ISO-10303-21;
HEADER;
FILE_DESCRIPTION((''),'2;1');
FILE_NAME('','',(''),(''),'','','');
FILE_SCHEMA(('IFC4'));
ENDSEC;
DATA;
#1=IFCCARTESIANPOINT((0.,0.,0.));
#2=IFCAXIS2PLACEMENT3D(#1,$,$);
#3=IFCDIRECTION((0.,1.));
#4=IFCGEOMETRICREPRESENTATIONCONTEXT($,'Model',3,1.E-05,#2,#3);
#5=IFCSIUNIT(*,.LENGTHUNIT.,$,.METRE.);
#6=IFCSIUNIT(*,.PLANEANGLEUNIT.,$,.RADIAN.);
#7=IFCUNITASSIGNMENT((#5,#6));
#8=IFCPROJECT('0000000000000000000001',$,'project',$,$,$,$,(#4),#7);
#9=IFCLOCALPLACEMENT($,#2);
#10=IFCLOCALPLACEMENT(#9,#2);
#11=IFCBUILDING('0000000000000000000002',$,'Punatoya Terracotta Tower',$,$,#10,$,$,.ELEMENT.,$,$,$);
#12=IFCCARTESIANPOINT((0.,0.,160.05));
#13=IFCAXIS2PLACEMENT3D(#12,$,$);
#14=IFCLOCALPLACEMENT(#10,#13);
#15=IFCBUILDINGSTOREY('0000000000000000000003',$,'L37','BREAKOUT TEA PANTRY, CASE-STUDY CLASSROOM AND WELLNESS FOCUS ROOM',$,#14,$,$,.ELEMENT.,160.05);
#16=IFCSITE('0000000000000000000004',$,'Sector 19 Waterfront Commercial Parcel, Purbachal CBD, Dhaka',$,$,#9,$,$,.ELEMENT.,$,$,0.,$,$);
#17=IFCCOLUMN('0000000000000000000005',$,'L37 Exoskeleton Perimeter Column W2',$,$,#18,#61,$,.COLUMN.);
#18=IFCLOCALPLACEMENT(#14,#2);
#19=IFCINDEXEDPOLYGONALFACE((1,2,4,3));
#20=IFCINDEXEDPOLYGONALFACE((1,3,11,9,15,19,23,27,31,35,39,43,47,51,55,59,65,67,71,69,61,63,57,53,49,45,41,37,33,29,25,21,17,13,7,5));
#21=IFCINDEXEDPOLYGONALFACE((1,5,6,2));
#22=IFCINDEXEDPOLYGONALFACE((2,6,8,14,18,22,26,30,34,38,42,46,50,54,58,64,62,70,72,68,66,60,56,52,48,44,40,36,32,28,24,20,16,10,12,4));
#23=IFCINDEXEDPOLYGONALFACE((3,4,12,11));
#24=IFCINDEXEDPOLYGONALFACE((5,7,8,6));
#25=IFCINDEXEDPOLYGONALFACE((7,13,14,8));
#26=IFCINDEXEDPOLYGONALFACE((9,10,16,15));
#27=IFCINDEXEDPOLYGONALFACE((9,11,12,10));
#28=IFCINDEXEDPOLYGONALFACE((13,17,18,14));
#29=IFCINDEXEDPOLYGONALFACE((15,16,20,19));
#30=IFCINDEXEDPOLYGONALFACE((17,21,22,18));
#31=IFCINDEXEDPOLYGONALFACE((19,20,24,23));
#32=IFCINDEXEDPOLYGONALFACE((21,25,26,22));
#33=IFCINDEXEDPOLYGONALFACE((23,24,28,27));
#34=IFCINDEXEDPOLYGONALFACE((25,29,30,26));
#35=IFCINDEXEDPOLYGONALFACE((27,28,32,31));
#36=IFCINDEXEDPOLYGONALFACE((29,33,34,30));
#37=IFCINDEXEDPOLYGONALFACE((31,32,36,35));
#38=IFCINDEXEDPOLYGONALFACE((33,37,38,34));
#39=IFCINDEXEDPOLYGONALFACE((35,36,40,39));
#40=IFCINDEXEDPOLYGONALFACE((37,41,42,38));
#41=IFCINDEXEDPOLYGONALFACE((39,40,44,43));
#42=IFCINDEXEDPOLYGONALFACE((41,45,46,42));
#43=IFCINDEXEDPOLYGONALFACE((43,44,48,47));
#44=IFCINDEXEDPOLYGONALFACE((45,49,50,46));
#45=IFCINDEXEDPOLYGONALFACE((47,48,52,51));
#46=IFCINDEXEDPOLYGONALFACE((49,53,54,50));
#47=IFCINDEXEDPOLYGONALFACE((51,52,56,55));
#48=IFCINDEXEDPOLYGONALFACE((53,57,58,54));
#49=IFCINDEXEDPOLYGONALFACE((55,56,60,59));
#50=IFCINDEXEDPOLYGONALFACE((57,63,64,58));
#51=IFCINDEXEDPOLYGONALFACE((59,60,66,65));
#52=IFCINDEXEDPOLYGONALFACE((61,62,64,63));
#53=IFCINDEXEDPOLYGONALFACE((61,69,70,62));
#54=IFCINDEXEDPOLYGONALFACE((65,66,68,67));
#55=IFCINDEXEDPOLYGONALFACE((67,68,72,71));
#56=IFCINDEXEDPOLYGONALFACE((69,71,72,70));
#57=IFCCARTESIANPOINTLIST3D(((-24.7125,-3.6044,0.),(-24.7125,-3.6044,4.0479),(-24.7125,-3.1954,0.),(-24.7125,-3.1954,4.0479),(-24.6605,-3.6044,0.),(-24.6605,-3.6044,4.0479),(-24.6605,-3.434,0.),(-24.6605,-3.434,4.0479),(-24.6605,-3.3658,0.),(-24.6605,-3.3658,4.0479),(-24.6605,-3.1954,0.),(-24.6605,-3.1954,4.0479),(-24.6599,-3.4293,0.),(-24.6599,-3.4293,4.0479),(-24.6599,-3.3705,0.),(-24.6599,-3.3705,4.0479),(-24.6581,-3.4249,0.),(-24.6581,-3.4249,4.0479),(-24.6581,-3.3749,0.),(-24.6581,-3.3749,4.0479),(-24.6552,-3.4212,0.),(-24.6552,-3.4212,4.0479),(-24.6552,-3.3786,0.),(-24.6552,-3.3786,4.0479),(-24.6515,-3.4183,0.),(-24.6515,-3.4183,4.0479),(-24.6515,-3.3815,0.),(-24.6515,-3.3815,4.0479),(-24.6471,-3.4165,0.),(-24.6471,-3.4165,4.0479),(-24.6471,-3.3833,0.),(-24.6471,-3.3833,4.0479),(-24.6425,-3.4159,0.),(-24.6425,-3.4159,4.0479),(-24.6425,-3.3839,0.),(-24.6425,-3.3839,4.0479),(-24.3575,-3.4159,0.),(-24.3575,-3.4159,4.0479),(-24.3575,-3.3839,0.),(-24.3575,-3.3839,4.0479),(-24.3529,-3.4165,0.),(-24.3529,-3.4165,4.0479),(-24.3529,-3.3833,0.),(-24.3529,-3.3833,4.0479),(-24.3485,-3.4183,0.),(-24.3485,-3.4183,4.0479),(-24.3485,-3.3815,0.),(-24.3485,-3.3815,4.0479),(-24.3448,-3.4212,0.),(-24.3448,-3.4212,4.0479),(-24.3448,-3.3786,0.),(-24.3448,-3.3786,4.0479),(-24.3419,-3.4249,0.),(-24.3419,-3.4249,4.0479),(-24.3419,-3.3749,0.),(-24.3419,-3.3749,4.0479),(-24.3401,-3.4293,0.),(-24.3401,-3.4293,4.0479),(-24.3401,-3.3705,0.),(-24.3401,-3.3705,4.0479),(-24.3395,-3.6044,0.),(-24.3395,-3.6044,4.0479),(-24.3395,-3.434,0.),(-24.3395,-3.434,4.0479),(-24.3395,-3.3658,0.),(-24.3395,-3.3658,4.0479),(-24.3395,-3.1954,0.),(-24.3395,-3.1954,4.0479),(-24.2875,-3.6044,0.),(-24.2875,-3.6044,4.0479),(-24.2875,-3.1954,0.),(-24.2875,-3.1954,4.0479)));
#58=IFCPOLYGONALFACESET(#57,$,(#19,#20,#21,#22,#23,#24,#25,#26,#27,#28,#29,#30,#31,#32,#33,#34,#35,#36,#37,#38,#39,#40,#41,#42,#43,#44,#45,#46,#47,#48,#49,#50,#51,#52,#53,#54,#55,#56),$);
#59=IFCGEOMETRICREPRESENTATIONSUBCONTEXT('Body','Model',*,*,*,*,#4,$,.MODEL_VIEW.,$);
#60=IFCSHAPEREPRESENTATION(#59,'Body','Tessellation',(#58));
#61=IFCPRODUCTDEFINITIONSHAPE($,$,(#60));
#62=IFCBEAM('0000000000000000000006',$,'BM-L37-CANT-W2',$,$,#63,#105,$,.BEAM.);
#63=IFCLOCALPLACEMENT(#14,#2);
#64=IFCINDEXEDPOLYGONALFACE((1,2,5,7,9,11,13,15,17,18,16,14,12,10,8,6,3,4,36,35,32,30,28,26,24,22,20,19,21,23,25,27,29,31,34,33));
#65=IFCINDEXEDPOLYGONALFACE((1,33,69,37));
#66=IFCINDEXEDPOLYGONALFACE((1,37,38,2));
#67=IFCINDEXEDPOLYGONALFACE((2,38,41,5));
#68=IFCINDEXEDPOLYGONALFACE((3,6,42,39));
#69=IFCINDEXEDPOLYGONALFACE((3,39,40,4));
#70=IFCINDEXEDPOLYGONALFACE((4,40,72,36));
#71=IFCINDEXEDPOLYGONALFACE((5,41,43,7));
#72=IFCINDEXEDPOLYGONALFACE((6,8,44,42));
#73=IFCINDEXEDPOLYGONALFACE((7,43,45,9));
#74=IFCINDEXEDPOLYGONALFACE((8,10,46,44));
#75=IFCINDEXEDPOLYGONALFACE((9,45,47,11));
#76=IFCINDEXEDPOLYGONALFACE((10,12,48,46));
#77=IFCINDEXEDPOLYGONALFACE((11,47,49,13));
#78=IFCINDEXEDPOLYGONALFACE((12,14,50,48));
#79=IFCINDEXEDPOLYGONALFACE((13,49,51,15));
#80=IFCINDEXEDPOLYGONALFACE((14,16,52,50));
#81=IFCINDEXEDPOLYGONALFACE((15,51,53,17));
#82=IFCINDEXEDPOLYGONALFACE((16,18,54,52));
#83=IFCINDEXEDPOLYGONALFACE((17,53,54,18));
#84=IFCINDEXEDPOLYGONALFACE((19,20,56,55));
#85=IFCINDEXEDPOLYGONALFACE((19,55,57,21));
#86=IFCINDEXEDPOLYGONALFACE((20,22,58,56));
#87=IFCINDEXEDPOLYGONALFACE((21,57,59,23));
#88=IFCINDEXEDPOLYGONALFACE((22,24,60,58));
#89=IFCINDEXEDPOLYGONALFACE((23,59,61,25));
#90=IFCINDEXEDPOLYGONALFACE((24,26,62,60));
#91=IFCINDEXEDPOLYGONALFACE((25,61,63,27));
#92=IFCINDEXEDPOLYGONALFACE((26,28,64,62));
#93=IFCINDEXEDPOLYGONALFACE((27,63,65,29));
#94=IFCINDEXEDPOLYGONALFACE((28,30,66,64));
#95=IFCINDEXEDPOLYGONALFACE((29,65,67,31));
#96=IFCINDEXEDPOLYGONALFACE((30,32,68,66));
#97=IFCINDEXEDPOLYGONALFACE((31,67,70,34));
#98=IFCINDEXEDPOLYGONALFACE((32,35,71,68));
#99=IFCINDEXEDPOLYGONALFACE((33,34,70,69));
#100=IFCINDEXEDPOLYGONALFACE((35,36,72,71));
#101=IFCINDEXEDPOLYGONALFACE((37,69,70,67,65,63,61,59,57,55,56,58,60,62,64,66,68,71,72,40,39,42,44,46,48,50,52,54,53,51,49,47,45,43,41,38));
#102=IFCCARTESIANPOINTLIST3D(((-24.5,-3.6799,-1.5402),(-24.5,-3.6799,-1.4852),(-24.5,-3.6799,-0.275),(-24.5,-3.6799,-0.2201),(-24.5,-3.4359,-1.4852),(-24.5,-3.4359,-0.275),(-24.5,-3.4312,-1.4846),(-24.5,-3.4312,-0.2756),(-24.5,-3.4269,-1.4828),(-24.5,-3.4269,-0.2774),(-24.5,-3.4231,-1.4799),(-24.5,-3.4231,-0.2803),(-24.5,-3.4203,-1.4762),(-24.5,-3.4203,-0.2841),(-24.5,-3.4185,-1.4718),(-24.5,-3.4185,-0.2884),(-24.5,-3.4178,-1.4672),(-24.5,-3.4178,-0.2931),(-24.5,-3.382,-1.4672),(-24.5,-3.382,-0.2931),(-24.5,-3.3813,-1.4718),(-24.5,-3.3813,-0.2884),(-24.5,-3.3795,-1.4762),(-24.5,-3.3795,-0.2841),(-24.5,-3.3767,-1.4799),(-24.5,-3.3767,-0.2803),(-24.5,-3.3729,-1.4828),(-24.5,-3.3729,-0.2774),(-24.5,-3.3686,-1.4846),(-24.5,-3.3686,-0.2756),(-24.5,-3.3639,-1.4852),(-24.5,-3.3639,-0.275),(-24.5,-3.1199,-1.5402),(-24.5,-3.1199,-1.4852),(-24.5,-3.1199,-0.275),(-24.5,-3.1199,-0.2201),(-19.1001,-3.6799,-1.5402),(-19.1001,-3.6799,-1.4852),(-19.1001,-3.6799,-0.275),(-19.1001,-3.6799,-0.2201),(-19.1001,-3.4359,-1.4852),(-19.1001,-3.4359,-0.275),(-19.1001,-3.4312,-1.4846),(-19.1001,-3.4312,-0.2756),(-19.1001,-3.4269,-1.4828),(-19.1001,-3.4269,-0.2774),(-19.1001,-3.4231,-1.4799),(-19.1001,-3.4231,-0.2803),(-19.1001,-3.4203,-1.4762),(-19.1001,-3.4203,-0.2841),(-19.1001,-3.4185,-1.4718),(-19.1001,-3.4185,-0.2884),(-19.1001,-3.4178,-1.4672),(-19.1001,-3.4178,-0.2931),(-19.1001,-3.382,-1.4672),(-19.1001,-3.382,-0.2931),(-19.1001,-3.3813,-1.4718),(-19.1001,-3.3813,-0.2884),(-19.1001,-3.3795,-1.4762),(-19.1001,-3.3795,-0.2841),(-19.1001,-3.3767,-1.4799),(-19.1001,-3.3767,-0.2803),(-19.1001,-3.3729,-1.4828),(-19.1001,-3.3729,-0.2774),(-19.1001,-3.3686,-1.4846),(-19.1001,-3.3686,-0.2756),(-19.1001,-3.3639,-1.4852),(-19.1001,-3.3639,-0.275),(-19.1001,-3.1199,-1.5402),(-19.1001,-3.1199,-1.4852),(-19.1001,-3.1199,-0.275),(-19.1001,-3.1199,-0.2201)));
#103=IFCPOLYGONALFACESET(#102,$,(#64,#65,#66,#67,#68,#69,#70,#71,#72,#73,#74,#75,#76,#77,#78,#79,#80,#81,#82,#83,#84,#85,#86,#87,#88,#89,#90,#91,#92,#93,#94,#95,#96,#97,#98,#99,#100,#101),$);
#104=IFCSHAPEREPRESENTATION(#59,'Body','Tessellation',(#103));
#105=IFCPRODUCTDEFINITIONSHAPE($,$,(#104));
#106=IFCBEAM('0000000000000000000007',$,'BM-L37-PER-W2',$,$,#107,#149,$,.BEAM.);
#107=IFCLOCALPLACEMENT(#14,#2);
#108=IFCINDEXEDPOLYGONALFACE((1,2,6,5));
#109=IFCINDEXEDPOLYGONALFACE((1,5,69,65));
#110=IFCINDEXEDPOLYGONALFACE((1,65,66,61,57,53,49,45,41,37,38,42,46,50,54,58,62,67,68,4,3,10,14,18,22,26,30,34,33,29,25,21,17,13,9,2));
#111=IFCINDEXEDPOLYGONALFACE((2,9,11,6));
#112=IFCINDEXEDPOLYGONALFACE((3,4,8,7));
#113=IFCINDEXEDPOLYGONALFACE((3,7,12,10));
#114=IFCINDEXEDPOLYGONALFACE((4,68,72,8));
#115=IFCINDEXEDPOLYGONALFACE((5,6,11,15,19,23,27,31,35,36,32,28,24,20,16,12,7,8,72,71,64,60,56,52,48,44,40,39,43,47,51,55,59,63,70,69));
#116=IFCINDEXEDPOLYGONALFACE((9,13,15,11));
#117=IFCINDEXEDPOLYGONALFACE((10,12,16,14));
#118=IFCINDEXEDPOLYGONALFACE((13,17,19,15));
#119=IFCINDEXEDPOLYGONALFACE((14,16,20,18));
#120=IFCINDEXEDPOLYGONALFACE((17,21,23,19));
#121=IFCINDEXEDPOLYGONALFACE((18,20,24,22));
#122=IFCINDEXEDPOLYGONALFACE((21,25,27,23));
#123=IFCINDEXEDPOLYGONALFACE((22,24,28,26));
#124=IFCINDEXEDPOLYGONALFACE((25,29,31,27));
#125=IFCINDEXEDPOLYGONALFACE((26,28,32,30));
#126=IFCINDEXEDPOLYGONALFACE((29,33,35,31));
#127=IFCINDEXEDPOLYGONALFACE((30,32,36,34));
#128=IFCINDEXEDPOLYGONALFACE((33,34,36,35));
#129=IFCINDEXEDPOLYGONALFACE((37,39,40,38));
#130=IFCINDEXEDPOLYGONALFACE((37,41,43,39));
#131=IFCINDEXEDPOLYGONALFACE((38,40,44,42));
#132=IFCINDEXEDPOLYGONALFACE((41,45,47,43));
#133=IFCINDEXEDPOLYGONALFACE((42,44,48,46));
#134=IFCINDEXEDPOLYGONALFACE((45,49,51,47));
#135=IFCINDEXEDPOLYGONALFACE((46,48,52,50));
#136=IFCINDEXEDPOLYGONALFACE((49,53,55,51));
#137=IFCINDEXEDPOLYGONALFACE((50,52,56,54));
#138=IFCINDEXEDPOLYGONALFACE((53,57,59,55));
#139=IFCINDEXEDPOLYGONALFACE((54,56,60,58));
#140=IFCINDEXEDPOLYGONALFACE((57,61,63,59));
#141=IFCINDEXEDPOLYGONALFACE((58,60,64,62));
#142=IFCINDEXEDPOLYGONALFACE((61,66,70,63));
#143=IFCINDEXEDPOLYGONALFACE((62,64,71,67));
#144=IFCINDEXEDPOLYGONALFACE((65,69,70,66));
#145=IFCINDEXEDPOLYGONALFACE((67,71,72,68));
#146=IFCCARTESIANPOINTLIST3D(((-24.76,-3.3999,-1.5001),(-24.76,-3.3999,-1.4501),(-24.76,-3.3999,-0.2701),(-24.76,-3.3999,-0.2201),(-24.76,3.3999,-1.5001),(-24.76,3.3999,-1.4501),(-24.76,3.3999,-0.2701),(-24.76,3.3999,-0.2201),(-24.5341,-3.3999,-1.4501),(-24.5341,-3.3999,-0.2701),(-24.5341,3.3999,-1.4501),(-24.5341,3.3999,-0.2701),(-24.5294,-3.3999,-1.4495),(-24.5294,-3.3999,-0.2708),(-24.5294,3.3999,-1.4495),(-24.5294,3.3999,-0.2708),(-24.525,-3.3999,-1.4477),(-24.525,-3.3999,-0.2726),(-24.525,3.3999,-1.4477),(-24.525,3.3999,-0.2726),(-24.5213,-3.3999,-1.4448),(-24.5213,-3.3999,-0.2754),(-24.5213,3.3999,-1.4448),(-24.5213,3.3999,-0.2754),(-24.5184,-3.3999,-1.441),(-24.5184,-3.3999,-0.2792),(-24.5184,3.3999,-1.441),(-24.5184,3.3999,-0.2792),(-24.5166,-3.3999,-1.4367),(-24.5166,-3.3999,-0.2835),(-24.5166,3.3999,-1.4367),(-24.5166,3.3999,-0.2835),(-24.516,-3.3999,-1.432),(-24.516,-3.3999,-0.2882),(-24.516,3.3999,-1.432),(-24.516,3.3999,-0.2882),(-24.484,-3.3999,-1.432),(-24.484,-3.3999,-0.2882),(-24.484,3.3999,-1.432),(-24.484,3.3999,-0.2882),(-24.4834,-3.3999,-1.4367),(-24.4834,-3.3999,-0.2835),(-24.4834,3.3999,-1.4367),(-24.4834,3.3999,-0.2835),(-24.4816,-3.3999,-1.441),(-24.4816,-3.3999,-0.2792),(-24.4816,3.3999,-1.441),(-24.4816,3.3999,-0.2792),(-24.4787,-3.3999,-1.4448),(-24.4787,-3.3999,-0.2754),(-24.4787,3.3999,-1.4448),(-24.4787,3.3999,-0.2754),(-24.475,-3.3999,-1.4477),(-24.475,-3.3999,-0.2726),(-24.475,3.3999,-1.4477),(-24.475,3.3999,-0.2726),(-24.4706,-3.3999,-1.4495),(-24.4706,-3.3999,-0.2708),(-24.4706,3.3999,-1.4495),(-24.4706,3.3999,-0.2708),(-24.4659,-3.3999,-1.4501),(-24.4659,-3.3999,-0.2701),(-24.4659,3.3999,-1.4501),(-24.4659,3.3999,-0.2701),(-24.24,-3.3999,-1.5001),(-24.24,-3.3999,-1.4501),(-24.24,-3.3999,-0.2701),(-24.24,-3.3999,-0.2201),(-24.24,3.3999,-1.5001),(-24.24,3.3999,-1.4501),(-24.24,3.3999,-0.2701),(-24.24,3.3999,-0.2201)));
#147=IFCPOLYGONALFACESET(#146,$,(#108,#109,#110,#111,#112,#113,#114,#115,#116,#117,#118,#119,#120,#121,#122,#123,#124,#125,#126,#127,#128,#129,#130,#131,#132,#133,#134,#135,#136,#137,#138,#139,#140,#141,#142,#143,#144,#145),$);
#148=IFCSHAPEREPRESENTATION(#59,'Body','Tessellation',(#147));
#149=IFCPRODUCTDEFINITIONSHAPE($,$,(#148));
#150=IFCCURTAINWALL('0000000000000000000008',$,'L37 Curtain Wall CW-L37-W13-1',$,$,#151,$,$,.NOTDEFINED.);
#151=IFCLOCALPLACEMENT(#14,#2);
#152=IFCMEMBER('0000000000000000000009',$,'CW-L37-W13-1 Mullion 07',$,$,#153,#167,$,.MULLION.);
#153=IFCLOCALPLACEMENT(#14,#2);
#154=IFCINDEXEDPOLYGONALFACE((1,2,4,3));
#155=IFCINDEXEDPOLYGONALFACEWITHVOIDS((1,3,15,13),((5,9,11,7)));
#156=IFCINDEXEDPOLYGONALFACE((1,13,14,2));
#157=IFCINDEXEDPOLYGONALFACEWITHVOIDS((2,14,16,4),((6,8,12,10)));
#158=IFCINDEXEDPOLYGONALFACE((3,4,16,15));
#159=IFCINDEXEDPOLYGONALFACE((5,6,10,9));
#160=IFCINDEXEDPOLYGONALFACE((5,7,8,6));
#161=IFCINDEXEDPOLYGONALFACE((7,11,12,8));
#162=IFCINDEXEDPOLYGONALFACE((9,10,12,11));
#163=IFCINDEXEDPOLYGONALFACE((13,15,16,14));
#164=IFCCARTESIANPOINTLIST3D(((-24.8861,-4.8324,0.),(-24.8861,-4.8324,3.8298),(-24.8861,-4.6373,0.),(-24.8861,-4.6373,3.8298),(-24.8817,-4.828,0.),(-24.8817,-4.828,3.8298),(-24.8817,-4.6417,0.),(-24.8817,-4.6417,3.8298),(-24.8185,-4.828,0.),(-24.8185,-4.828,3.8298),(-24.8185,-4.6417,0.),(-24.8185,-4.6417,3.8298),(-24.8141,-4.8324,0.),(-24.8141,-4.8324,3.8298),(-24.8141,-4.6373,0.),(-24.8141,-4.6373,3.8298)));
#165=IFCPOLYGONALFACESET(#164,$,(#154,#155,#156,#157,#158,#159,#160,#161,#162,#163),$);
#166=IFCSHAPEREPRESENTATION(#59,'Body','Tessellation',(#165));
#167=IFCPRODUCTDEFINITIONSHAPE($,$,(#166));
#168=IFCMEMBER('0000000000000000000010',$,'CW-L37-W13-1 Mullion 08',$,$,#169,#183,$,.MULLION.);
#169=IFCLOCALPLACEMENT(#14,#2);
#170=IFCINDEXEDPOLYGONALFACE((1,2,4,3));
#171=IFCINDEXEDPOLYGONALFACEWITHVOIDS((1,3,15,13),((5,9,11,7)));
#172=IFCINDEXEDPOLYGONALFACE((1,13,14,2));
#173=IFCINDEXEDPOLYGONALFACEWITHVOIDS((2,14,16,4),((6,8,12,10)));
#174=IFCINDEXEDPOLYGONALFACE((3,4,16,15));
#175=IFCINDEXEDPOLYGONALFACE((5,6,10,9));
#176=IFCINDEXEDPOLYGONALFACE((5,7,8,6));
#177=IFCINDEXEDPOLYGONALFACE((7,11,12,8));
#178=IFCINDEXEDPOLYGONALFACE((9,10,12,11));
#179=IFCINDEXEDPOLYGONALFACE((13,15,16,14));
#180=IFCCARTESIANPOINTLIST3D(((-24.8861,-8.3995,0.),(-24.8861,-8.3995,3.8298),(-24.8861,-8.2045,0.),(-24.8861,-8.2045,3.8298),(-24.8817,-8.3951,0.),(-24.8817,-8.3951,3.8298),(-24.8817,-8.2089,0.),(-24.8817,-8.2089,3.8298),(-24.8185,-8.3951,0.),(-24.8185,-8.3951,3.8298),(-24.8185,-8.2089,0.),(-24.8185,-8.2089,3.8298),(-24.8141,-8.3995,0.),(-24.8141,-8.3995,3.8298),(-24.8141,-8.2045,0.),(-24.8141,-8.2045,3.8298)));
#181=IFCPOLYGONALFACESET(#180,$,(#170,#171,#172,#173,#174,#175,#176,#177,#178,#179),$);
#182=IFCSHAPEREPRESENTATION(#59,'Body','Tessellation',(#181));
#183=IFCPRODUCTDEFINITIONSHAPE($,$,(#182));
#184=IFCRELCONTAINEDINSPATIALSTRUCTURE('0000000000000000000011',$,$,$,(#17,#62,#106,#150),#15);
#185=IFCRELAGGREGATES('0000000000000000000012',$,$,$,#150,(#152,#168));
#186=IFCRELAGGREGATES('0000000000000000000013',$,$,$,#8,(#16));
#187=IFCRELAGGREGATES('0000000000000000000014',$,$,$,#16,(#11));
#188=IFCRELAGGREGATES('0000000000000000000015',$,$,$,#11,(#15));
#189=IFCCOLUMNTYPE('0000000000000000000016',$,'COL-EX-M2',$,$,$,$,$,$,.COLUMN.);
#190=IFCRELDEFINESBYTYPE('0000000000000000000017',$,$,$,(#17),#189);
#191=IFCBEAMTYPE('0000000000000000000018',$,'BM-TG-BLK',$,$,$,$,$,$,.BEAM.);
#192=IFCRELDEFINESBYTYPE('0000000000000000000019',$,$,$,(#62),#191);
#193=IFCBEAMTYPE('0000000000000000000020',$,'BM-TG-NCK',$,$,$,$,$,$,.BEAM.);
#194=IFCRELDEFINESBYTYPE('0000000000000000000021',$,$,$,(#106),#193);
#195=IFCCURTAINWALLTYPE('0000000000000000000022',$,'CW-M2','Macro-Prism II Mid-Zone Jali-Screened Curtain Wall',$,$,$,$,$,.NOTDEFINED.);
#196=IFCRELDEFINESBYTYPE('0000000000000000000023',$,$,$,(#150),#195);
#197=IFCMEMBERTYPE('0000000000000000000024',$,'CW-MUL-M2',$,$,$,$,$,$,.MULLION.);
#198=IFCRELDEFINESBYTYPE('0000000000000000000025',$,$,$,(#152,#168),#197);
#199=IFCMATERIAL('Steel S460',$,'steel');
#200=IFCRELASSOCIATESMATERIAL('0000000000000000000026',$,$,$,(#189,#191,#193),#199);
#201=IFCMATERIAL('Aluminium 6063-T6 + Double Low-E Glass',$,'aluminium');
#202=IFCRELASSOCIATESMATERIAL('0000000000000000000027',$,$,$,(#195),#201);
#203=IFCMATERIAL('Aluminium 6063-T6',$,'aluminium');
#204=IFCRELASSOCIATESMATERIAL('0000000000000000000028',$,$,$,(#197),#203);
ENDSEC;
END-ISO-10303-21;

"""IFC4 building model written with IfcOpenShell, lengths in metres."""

from ifc_helpers import new_model, si_unit, direction, frame, origin, origin_2d, place, context, subcontext, project, spatial, hollow_rectangle, i_section, extrude, material, material_profile, profile_set, type_object, element, aggregate, save


model = new_model("IFC4")

# Units and contexts
model_context = context("Model", 3, precision=1e-05, world=origin(), true_north=direction((0.0, 1.0)))
body_context = subcontext(model_context, "Body", "Model", "MODEL_VIEW")
ifc_project = project(units=[si_unit("LENGTHUNIT", "METRE"), si_unit("PLANEANGLEUNIT", "RADIAN")], contexts=[model_context])

# Site, building, storey
site_placement = place(None, origin())
site = spatial("IfcSite", under=ifc_project, at=site_placement, Name="Sector 19 Waterfront Commercial Parcel, Purbachal CBD, Dhaka", CompositionType="ELEMENT", RefElevation=0.0)
building_placement = place(site_placement, origin())
building = spatial("IfcBuilding", under=site, at=building_placement, Name="Punatoya Terracotta Tower", CompositionType="ELEMENT")
storey_placement = place(building_placement, frame((0.0, 0.0, 160.05)))
storey = spatial("IfcBuildingStorey", under=building, at=storey_placement, Name="L37", Description="BREAKOUT TEA PANTRY, CASE-STUDY CLASSROOM AND WELLNESS FOCUS ROOM", CompositionType="ELEMENT", Elevation=160.05)

# Column
ifc_material_1 = material(Name="Steel S460", Category="steel")
ifc_material_profile_1 = material_profile(ifc_material_1, i_section(OverallWidth=0.4089, OverallDepth=0.425, WebThickness=0.032, FlangeThickness=0.052, FilletRadius=0.0181, at=origin_2d()))
ifc_profile_set_1 = profile_set([ifc_material_profile_1], Name="Steel S460")
column_type = type_object("IfcColumnType", Name="COL-EX-M2", PredefinedType="COLUMN", material=ifc_profile_set_1)
column_placement = place(storey_placement, frame((-24.5, -3.3999, 0.0), z_axis=(0.0, 0.0, 1.0), x_axis=(0.0, 1.0, 0.0)))
element("IfcColumn", 1, at=column_placement, inside=storey, type_object=column_type, Name="L37 Exoskeleton Perimeter Column W2", PredefinedType="COLUMN", context=body_context, shape_type="SweptSolid", body=[
    extrude(i_section(OverallWidth=0.4089, OverallDepth=0.425, WebThickness=0.032, FlangeThickness=0.052, FilletRadius=0.0181, at=origin_2d()), origin(), (0.0, 0.0, 1.0), 4.0479),
])

# Beams
ifc_material_profile_2 = material_profile(ifc_material_1, i_section(OverallWidth=0.5601, OverallDepth=1.3201, WebThickness=0.0359, FlangeThickness=0.0549, FilletRadius=0.0181, at=origin_2d()))
ifc_profile_set_2 = profile_set([ifc_material_profile_2], Name="Steel S460")
beam_type_1 = type_object("IfcBeamType", Name="BM-TG-BLK", PredefinedType="BEAM", material=ifc_profile_set_2)
beam_1_placement = place(storey_placement, frame((-24.5, -3.3999, -0.8801), z_axis=(1.0, 0.0, 0.0), x_axis=(0.0, 1.0, 0.0)))
element("IfcBeam", 2, at=beam_1_placement, inside=storey, type_object=beam_type_1, Name="BM-L37-CANT-W2", PredefinedType="BEAM", context=body_context, shape_type="SweptSolid", body=[
    extrude(i_section(OverallWidth=0.5601, OverallDepth=1.3201, WebThickness=0.0359, FlangeThickness=0.0549, FilletRadius=0.0181, at=origin_2d()), origin(), (0.0, 0.0, 1.0), 5.3999),
])
ifc_material_profile_3 = material_profile(ifc_material_1, i_section(OverallWidth=0.52, OverallDepth=1.28, WebThickness=0.032, FlangeThickness=0.05, FilletRadius=0.0181, at=origin_2d()))
ifc_profile_set_3 = profile_set([ifc_material_profile_3], Name="Steel S460")
beam_type_2 = type_object("IfcBeamType", Name="BM-TG-NCK", PredefinedType="BEAM", material=ifc_profile_set_3)
beam_2_placement = place(storey_placement, frame((-24.5, -3.3999, -0.8601), z_axis=(0.0, 1.0, 0.0), x_axis=(-1.0, 0.0, 0.0)))
element("IfcBeam", 3, at=beam_2_placement, inside=storey, type_object=beam_type_2, Name="BM-L37-PER-W2", PredefinedType="BEAM", context=body_context, shape_type="SweptSolid", body=[
    extrude(i_section(OverallWidth=0.52, OverallDepth=1.28, WebThickness=0.032, FlangeThickness=0.05, FilletRadius=0.0181, at=origin_2d()), origin(), (0.0, 0.0, 1.0), 6.7998),
])

# Curtain wall, members
ifc_material_2 = material(Name="Aluminium 6063-T6 + Double Low-E Glass", Category="aluminium")
curtain_wall_type = type_object("IfcCurtainWallType", Name="CW-M2", Description="Macro-Prism II Mid-Zone Jali-Screened Curtain Wall", PredefinedType="NOTDEFINED", material=ifc_material_2)
curtain_wall_1_placement = place(storey_placement, origin())
curtain_wall_1 = element("IfcCurtainWall", 4, at=curtain_wall_1_placement, inside=storey, type_object=curtain_wall_type, Name="L37 Curtain Wall CW-L37-W13-1", PredefinedType="NOTDEFINED")
ifc_material_3 = material(Name="Aluminium 6063-T6", Category="aluminium")
ifc_material_profile_4 = material_profile(ifc_material_3, hollow_rectangle(XDim=0.072, YDim=0.1951, WallThickness=0.0044, at=origin_2d()))
ifc_profile_set_4 = profile_set([ifc_material_profile_4], Name="Aluminium 6063-T6")
member_type_1 = type_object("IfcMemberType", Name="CW-MUL-M2", PredefinedType="MULLION", material=ifc_profile_set_4)
member_1_placement = place(storey_placement, frame((-24.8501, -4.7349, 0.0), z_axis=(0.0, 0.0, 1.0), x_axis=(1.0, 0.0, 0.0)))
member_1 = element("IfcMember", 5, at=member_1_placement, type_object=member_type_1, Name="CW-L37-W13-1 Mullion 07", PredefinedType="MULLION", context=body_context, shape_type="SweptSolid", body=[
    extrude(hollow_rectangle(XDim=0.072, YDim=0.1951, WallThickness=0.0044, at=origin_2d()), origin(), (0.0, 0.0, 1.0), 3.8298),
])
member_2_placement = place(storey_placement, frame((-24.8501, -8.302, 0.0), z_axis=(0.0, 0.0, 1.0), x_axis=(1.0, 0.0, 0.0)))
member_2 = element("IfcMember", 6, at=member_2_placement, type_object=member_type_1, Name="CW-L37-W13-1 Mullion 08", PredefinedType="MULLION", context=body_context, shape_type="SweptSolid", body=[
    extrude(hollow_rectangle(XDim=0.072, YDim=0.1951, WallThickness=0.0044, at=origin_2d()), origin(), (0.0, 0.0, 1.0), 3.8298),
])

aggregate(curtain_wall_1, [member_1, member_2])

save(model, "model.ifc")
